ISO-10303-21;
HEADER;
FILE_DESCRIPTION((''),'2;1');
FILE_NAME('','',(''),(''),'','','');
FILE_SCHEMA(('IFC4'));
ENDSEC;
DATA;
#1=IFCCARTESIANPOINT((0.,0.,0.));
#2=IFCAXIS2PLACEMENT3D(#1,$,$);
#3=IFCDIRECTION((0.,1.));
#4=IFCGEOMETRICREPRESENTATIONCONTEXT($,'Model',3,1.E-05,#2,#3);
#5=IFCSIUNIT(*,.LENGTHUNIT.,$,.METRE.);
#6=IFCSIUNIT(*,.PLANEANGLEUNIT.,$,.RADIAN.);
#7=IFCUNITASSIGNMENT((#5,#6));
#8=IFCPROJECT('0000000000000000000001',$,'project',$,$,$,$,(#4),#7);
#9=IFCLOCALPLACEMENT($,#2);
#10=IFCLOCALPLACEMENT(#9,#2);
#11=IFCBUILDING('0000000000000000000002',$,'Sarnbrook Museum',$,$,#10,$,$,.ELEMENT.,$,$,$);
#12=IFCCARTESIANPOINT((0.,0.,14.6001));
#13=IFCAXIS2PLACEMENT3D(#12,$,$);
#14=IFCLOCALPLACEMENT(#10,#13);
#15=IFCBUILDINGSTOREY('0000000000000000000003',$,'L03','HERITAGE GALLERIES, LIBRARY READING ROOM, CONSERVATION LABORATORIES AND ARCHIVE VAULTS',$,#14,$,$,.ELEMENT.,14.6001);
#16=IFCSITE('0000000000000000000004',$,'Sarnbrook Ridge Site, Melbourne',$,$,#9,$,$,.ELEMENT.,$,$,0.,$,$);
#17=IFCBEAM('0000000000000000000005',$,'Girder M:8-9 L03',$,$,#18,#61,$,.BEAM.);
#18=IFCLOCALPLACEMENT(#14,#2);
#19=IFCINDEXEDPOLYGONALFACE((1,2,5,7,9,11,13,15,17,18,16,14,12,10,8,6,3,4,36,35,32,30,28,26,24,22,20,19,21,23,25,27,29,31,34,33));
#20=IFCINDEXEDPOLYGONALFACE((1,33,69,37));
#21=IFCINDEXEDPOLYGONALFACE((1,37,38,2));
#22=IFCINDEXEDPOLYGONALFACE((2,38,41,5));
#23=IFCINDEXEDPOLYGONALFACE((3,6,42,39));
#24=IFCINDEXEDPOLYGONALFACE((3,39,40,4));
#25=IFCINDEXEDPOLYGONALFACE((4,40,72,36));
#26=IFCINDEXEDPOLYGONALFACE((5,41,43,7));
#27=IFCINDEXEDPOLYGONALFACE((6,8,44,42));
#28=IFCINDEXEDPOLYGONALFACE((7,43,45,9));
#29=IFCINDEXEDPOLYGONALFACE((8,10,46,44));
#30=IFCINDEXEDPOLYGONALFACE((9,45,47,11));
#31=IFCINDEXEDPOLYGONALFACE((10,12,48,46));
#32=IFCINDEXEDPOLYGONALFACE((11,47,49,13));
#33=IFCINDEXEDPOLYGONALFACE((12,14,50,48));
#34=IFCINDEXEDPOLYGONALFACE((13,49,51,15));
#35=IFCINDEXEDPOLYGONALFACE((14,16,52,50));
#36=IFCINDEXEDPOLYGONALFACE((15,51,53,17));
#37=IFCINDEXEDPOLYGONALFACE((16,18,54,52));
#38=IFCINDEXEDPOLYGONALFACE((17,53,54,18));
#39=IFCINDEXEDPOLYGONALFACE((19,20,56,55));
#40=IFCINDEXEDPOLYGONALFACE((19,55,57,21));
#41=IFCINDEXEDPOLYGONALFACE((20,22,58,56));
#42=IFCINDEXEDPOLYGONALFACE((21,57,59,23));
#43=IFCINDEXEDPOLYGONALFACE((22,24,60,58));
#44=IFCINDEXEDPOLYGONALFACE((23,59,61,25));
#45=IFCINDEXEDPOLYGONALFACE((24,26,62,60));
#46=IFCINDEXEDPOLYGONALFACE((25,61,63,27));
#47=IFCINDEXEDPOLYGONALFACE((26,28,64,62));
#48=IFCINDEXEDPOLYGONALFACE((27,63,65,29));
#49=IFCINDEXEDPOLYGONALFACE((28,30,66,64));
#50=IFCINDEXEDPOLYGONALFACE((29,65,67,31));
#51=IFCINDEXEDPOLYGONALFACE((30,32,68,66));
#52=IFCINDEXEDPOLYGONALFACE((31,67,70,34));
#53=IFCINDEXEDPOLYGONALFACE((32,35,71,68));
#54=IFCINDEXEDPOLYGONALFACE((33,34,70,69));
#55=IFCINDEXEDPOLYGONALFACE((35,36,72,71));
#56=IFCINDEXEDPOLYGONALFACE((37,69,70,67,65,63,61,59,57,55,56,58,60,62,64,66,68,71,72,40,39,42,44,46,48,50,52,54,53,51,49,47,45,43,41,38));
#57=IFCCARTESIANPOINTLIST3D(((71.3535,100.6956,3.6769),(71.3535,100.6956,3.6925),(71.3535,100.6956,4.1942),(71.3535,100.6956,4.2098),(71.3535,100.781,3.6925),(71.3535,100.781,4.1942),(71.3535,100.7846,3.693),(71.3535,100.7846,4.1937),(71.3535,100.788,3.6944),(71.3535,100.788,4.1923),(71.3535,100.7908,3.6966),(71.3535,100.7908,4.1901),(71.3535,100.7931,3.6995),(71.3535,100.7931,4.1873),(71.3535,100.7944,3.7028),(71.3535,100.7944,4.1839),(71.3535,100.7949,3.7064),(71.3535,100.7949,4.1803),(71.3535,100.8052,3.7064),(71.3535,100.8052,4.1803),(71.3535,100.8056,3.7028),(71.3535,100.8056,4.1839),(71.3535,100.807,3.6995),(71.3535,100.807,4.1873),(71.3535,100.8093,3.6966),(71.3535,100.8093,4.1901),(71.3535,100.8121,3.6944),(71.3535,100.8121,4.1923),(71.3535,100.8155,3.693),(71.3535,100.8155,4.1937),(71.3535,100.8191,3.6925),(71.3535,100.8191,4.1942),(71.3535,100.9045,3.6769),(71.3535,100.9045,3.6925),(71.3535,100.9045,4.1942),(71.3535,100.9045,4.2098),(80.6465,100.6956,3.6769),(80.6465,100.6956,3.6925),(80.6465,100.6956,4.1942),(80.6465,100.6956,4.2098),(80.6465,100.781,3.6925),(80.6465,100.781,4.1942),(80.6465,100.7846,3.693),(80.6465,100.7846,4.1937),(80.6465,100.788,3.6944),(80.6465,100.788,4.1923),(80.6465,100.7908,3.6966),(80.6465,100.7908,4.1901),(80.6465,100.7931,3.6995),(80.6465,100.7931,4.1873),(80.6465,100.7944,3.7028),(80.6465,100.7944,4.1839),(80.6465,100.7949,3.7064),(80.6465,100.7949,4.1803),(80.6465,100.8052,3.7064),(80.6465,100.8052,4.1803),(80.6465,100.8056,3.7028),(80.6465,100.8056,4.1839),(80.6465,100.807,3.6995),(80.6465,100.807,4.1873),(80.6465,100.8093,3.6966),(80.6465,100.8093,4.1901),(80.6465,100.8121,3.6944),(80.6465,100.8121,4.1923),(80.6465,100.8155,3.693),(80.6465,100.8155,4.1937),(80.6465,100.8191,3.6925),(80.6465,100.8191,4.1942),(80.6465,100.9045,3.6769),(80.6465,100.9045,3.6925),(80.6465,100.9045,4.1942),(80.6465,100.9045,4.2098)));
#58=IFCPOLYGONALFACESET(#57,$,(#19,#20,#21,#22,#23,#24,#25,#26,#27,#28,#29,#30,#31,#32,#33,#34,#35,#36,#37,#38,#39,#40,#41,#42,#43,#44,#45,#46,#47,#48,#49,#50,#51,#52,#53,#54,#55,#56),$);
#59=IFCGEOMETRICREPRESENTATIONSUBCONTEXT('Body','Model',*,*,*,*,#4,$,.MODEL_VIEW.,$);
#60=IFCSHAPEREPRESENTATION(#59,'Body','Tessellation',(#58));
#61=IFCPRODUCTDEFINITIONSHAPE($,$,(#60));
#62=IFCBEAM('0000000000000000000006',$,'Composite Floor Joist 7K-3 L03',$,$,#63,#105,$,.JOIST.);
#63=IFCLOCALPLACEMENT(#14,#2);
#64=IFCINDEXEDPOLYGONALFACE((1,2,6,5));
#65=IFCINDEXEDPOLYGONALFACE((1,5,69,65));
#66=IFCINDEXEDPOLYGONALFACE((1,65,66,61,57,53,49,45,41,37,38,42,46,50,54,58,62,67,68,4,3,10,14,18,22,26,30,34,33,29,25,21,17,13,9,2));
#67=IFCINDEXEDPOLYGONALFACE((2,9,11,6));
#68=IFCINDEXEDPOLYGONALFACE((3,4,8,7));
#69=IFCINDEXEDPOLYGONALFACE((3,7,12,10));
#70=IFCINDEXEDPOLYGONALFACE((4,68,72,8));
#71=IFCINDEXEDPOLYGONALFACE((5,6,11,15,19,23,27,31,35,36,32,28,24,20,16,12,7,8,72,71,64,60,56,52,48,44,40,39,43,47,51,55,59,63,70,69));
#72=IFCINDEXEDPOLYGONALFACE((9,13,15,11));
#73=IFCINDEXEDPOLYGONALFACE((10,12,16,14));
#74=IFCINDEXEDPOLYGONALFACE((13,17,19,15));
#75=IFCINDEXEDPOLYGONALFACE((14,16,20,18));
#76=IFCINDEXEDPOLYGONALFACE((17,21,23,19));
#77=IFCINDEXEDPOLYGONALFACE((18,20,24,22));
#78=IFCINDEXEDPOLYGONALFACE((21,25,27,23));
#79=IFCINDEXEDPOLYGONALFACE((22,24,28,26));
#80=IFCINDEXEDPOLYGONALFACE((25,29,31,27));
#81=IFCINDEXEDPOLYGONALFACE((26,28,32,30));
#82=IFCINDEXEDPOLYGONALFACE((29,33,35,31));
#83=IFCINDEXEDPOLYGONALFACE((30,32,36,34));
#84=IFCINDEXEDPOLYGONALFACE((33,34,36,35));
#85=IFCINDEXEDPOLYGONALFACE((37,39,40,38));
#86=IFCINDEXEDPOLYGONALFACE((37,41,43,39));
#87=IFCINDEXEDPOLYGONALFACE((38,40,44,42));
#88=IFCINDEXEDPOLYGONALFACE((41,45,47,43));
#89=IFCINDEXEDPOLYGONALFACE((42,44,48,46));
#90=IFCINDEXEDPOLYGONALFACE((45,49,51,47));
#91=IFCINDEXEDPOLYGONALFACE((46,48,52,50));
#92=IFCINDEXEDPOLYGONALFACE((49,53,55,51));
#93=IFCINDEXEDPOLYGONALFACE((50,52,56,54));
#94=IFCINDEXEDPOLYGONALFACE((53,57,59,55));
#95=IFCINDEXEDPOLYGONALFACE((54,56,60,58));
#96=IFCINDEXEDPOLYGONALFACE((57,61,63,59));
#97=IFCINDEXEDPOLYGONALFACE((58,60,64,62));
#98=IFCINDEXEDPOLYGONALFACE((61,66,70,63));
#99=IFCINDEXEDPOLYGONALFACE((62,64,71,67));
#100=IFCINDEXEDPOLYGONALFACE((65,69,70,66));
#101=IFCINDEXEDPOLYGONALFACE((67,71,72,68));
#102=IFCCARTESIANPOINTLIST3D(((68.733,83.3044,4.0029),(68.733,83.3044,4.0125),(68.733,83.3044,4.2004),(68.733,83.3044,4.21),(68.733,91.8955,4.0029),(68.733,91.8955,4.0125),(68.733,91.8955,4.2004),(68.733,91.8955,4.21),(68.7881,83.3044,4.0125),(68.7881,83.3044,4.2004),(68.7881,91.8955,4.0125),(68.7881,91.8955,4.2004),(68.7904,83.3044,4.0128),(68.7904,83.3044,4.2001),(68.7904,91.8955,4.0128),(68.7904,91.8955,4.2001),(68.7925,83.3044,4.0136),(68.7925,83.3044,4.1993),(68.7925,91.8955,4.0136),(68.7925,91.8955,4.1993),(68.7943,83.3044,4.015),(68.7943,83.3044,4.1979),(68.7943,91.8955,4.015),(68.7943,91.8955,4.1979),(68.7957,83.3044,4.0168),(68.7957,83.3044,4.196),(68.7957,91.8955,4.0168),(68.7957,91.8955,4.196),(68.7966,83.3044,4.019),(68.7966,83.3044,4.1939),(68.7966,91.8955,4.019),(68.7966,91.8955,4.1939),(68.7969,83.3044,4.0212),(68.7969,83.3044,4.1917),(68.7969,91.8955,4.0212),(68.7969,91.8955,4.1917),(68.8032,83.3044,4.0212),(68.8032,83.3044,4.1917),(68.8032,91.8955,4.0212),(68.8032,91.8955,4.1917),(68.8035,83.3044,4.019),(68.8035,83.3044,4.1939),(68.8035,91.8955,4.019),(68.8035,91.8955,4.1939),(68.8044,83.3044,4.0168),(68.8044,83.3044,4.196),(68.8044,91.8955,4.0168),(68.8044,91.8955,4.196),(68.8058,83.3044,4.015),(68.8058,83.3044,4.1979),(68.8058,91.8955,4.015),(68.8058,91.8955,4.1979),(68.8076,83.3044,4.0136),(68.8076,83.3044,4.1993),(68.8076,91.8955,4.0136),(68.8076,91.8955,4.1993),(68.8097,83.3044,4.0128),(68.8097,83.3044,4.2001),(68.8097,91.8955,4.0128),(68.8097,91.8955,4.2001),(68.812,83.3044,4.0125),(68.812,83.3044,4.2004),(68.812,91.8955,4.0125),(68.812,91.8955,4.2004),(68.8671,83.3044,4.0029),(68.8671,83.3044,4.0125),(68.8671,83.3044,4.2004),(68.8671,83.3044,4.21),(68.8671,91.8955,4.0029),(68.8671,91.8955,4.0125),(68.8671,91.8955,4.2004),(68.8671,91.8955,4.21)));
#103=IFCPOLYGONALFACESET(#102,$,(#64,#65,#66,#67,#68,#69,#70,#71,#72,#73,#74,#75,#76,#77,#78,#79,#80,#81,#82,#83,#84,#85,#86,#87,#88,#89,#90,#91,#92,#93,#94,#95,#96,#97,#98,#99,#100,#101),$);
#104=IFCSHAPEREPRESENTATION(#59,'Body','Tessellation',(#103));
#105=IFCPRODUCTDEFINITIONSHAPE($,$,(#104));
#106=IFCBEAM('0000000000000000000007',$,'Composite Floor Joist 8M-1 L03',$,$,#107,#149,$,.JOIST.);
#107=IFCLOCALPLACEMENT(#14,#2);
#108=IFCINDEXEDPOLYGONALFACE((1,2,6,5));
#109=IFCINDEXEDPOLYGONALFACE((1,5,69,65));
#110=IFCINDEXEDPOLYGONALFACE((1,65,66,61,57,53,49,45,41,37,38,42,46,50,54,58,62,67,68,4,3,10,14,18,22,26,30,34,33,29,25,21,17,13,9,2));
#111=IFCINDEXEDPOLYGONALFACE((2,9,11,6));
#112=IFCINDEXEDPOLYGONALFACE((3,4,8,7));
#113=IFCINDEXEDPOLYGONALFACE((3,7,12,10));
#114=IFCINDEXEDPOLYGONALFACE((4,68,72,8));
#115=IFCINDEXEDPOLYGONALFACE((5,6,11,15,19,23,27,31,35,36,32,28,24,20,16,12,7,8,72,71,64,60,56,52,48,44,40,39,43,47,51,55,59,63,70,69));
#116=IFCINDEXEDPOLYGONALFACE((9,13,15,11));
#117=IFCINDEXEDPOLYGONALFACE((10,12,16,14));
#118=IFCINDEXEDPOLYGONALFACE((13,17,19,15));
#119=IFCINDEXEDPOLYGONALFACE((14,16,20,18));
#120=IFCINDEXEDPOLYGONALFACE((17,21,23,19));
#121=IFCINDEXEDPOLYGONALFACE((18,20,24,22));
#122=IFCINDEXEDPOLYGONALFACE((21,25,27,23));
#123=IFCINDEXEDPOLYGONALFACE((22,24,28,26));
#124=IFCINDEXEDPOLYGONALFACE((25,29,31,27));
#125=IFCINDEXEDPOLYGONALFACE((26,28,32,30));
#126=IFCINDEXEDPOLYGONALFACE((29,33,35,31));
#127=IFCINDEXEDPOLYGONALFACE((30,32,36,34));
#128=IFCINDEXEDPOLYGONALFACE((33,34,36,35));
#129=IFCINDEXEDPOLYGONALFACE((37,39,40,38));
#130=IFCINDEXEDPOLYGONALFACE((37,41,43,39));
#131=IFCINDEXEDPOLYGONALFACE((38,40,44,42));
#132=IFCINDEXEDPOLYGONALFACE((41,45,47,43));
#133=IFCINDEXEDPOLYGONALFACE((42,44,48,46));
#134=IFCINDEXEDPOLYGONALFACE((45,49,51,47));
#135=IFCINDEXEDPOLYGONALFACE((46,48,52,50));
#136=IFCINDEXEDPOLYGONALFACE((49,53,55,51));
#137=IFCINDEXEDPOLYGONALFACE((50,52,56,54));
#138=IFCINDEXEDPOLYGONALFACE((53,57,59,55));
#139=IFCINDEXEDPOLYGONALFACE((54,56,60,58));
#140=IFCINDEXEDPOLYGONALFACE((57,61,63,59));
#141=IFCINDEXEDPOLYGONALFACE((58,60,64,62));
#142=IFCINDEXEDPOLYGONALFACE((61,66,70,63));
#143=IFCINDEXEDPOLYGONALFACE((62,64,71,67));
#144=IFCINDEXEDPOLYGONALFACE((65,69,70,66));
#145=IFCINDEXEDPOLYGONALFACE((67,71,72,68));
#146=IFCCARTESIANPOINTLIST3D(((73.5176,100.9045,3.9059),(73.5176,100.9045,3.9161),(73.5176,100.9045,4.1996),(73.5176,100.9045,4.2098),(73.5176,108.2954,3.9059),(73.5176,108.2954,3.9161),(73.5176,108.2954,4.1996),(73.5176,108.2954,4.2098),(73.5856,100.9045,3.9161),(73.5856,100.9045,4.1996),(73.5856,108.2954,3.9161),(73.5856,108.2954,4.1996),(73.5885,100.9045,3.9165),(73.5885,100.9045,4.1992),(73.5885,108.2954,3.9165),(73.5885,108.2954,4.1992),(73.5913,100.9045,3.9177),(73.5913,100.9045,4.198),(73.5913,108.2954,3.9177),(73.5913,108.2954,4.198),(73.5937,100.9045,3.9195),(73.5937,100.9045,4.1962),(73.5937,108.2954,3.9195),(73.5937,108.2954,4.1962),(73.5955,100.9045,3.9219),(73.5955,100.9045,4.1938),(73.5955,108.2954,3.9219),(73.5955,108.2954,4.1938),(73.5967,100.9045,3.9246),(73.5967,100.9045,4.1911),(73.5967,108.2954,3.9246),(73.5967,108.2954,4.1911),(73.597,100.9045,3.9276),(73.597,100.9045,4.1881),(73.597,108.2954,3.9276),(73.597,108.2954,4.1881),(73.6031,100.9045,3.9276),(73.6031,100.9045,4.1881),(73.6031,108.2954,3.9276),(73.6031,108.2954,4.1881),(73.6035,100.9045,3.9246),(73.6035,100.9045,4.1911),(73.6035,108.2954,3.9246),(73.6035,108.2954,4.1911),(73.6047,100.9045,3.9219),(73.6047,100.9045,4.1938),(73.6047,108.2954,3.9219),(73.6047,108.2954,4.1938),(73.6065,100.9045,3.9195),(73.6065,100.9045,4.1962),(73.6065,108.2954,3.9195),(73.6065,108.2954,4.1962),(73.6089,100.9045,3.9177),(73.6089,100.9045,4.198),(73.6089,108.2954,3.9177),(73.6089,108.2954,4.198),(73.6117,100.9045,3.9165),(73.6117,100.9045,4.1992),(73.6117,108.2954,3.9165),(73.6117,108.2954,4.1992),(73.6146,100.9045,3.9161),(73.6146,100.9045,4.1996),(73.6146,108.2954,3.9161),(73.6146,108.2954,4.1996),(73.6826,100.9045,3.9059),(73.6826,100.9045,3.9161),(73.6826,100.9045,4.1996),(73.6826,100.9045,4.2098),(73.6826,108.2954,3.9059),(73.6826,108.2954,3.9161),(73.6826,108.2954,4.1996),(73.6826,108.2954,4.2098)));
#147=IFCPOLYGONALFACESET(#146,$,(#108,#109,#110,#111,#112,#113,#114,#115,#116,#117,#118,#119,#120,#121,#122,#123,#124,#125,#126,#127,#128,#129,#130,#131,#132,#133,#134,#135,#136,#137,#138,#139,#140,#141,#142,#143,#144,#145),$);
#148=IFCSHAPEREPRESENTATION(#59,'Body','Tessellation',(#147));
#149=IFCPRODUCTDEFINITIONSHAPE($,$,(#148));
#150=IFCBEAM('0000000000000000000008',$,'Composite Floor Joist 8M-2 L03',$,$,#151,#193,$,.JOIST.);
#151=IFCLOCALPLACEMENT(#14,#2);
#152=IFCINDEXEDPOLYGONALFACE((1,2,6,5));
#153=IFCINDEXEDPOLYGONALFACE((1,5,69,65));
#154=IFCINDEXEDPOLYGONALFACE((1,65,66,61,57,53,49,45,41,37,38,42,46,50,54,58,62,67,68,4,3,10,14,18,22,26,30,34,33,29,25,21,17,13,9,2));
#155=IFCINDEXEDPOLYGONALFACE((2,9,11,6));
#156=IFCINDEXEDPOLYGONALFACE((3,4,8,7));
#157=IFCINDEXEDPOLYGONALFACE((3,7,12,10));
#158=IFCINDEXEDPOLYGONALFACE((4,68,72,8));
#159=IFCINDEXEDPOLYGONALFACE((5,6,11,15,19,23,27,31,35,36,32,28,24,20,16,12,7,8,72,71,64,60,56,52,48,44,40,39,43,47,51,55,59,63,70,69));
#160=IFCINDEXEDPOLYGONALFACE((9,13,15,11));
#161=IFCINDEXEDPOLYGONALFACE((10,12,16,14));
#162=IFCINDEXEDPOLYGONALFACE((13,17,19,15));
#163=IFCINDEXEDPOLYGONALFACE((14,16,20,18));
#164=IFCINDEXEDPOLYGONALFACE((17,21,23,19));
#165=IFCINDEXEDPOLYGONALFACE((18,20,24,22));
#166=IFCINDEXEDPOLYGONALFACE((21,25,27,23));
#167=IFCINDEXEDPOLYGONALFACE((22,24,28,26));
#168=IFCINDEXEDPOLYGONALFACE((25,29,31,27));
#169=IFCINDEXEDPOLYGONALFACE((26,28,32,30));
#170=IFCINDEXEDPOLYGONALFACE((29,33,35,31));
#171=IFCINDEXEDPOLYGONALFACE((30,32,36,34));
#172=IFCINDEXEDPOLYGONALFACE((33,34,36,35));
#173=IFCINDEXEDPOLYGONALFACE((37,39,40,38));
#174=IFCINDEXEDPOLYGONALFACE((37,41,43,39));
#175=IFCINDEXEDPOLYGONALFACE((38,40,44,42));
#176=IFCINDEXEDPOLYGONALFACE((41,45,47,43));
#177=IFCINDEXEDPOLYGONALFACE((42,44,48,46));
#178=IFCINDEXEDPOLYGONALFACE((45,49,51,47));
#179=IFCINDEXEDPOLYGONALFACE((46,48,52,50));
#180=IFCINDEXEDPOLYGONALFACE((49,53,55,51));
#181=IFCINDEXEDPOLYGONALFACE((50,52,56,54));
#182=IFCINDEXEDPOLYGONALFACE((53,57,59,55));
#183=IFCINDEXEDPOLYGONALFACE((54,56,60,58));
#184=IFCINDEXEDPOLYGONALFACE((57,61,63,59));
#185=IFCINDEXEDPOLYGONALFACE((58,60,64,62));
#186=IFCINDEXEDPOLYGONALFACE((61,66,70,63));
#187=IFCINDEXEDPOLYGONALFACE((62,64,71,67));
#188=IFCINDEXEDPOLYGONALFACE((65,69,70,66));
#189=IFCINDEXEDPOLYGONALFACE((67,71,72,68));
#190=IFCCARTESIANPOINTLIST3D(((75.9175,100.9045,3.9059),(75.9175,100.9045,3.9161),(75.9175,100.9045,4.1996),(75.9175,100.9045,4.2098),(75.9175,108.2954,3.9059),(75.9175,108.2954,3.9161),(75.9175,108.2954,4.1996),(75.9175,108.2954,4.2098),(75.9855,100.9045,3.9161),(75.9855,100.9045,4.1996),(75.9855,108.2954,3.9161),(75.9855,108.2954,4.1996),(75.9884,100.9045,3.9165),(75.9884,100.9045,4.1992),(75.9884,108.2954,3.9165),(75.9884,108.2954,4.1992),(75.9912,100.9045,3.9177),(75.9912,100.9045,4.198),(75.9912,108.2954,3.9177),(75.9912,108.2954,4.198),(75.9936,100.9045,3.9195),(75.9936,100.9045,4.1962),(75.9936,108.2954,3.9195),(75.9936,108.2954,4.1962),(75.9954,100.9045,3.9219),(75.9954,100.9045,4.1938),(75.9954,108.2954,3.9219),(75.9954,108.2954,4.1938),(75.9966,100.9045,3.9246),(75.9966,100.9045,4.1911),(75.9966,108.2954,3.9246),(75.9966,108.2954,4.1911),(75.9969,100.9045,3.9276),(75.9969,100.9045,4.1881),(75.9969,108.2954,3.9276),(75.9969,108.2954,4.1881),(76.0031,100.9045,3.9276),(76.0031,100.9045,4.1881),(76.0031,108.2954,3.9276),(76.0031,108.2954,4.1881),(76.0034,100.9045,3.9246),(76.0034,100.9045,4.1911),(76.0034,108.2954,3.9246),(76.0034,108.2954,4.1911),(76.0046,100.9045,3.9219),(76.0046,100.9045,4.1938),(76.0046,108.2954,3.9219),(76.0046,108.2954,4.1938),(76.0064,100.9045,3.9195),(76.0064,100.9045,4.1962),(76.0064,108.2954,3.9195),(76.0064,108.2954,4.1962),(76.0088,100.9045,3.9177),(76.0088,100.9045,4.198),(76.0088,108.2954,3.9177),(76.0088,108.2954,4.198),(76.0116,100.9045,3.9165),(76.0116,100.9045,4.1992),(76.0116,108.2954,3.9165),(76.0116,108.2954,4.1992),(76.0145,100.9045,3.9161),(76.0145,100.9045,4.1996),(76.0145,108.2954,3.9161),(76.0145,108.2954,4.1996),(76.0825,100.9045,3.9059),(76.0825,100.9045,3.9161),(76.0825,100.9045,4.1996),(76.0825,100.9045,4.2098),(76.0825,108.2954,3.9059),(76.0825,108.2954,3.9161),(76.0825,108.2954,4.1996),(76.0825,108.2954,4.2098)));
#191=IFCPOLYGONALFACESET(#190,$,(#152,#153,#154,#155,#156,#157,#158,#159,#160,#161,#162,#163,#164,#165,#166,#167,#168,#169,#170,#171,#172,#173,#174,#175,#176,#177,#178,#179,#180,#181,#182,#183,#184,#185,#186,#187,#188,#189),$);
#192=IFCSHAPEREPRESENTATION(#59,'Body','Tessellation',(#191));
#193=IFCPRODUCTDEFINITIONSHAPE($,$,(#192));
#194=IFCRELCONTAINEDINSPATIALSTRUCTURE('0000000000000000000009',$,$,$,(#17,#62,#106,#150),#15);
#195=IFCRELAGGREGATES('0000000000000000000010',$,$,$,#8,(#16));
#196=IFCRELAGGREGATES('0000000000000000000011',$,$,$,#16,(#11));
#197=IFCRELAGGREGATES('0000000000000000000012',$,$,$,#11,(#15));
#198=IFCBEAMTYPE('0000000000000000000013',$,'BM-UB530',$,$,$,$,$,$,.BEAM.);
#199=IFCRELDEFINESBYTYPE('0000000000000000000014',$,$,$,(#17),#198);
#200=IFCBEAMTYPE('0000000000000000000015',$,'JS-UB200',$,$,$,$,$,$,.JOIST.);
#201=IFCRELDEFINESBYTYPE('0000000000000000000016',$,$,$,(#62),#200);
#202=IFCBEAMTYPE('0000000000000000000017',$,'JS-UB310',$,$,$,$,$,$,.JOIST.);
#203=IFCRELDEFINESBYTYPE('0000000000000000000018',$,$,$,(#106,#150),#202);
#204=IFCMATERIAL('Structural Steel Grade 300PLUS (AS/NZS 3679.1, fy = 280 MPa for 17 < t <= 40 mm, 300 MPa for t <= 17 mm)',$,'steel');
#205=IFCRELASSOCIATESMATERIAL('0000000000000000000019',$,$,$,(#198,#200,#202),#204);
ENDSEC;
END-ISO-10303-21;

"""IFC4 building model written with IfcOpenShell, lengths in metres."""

from ifc_helpers import new_model, si_unit, direction, frame, origin, origin_2d, place, context, subcontext, project, spatial, i_section, extrude, material, material_profile, profile_set, type_object, element, save


model = new_model("IFC4")

# Units and contexts
model_context = context("Model", 3, precision=1e-05, world=origin(), true_north=direction((0.0, 1.0)))
body_context = subcontext(model_context, "Body", "Model", "MODEL_VIEW")
ifc_project = project(units=[si_unit("LENGTHUNIT", "METRE"), si_unit("PLANEANGLEUNIT", "RADIAN")], contexts=[model_context])

# Site, building, storey
site_placement = place(None, origin())
site = spatial("IfcSite", under=ifc_project, at=site_placement, Name="Sarnbrook Ridge Site, Melbourne", CompositionType="ELEMENT", RefElevation=0.0)
building_placement = place(site_placement, origin())
building = spatial("IfcBuilding", under=site, at=building_placement, Name="Sarnbrook Museum", CompositionType="ELEMENT")
storey_placement = place(building_placement, frame((0.0, 0.0, 14.6001)))
storey = spatial("IfcBuildingStorey", under=building, at=storey_placement, Name="L03", Description="HERITAGE GALLERIES, LIBRARY READING ROOM, CONSERVATION LABORATORIES AND ARCHIVE VAULTS", CompositionType="ELEMENT", Elevation=14.6001)

# Shared definitions
ifc_material_1 = material(Name="Structural Steel Grade 300PLUS (AS/NZS 3679.1, fy = 280 MPa for 17 < t <= 40 mm, 300 MPa for t <= 17 mm)", Category="steel")

# Beams
ifc_material_profile_1 = material_profile(ifc_material_1, i_section(OverallWidth=0.209, OverallDepth=0.533, WebThickness=0.0103, FlangeThickness=0.0156, FilletRadius=0.0139, at=origin_2d()), Name="530UB92.4")
ifc_profile_set_1 = profile_set([ifc_material_profile_1], Name="Structural Steel Grade 300PLUS (AS/NZS 3679.1, fy = 280 MPa for 17 < t <= 40 mm, 300 MPa for t <= 17 mm)")
beam_type_1 = type_object("IfcBeamType", Name="BM-UB530", PredefinedType="BEAM", material=ifc_profile_set_1)
for number, where, z_axis, x_axis, name in (
    (1, (71.3535, 100.8, 3.9434), (1.0, 0.0, 0.0), (0.0, 1.0, 0.0), "Girder M:8-9 L03"),
):
    element("IfcBeam", number, at=place(storey_placement, frame(where, z_axis=z_axis, x_axis=x_axis)), inside=storey, type_object=beam_type_1, Name=name, PredefinedType="BEAM", context=body_context, shape_type="SweptSolid", body=[
        extrude(i_section(OverallWidth=0.209, OverallDepth=0.533, WebThickness=0.0103, FlangeThickness=0.0156, FilletRadius=0.0139, at=origin_2d()), origin(), (0.0, 0.0, 1.0), 9.293),
    ])
ifc_material_profile_2 = material_profile(ifc_material_1, i_section(OverallWidth=0.134, OverallDepth=0.207, WebThickness=0.0063, FlangeThickness=0.0095, FilletRadius=0.0088, at=origin_2d()), Name="200UB29.8")
ifc_profile_set_2 = profile_set([ifc_material_profile_2], Name="Structural Steel Grade 300PLUS (AS/NZS 3679.1, fy = 280 MPa for 17 < t <= 40 mm, 300 MPa for t <= 17 mm)")
beam_type_2 = type_object("IfcBeamType", Name="JS-UB200", PredefinedType="JOIST", material=ifc_profile_set_2)
beam_1_placement = place(storey_placement, frame((68.8, 83.3044, 4.1064), z_axis=(0.0, 1.0, 0.0), x_axis=(-1.0, 0.0, 0.0)))
element("IfcBeam", 2, at=beam_1_placement, inside=storey, type_object=beam_type_2, Name="Composite Floor Joist 7K-3 L03", PredefinedType="JOIST", context=body_context, shape_type="SweptSolid", body=[
    extrude(i_section(OverallWidth=0.134, OverallDepth=0.207, WebThickness=0.0063, FlangeThickness=0.0095, FilletRadius=0.0088, at=origin_2d()), origin(), (0.0, 0.0, 1.0), 8.5911),
])
ifc_material_profile_3 = material_profile(ifc_material_1, i_section(OverallWidth=0.165, OverallDepth=0.304, WebThickness=0.0061, FlangeThickness=0.0103, FilletRadius=0.0115, at=origin_2d()), Name="310UB40.4")
ifc_profile_set_3 = profile_set([ifc_material_profile_3], Name="Structural Steel Grade 300PLUS (AS/NZS 3679.1, fy = 280 MPa for 17 < t <= 40 mm, 300 MPa for t <= 17 mm)")
beam_type_3 = type_object("IfcBeamType", Name="JS-UB310", PredefinedType="JOIST", material=ifc_profile_set_3)
for number, where, z_axis, x_axis, name in (
    (3, (73.6001, 100.9045, 4.0579), (0.0, 1.0, 0.0), (-1.0, 0.0, 0.0), "Composite Floor Joist 8M-1 L03"),
    (4, (76.0, 100.9045, 4.0579), (0.0, 1.0, 0.0), (-1.0, 0.0, 0.0), "Composite Floor Joist 8M-2 L03"),
):
    element("IfcBeam", number, at=place(storey_placement, frame(where, z_axis=z_axis, x_axis=x_axis)), inside=storey, type_object=beam_type_3, Name=name, PredefinedType="JOIST", context=body_context, shape_type="SweptSolid", body=[
        extrude(i_section(OverallWidth=0.165, OverallDepth=0.304, WebThickness=0.0061, FlangeThickness=0.0103, FilletRadius=0.0115, at=origin_2d()), origin(), (0.0, 0.0, 1.0), 7.3909),
    ])

save(model, "model.ifc")
